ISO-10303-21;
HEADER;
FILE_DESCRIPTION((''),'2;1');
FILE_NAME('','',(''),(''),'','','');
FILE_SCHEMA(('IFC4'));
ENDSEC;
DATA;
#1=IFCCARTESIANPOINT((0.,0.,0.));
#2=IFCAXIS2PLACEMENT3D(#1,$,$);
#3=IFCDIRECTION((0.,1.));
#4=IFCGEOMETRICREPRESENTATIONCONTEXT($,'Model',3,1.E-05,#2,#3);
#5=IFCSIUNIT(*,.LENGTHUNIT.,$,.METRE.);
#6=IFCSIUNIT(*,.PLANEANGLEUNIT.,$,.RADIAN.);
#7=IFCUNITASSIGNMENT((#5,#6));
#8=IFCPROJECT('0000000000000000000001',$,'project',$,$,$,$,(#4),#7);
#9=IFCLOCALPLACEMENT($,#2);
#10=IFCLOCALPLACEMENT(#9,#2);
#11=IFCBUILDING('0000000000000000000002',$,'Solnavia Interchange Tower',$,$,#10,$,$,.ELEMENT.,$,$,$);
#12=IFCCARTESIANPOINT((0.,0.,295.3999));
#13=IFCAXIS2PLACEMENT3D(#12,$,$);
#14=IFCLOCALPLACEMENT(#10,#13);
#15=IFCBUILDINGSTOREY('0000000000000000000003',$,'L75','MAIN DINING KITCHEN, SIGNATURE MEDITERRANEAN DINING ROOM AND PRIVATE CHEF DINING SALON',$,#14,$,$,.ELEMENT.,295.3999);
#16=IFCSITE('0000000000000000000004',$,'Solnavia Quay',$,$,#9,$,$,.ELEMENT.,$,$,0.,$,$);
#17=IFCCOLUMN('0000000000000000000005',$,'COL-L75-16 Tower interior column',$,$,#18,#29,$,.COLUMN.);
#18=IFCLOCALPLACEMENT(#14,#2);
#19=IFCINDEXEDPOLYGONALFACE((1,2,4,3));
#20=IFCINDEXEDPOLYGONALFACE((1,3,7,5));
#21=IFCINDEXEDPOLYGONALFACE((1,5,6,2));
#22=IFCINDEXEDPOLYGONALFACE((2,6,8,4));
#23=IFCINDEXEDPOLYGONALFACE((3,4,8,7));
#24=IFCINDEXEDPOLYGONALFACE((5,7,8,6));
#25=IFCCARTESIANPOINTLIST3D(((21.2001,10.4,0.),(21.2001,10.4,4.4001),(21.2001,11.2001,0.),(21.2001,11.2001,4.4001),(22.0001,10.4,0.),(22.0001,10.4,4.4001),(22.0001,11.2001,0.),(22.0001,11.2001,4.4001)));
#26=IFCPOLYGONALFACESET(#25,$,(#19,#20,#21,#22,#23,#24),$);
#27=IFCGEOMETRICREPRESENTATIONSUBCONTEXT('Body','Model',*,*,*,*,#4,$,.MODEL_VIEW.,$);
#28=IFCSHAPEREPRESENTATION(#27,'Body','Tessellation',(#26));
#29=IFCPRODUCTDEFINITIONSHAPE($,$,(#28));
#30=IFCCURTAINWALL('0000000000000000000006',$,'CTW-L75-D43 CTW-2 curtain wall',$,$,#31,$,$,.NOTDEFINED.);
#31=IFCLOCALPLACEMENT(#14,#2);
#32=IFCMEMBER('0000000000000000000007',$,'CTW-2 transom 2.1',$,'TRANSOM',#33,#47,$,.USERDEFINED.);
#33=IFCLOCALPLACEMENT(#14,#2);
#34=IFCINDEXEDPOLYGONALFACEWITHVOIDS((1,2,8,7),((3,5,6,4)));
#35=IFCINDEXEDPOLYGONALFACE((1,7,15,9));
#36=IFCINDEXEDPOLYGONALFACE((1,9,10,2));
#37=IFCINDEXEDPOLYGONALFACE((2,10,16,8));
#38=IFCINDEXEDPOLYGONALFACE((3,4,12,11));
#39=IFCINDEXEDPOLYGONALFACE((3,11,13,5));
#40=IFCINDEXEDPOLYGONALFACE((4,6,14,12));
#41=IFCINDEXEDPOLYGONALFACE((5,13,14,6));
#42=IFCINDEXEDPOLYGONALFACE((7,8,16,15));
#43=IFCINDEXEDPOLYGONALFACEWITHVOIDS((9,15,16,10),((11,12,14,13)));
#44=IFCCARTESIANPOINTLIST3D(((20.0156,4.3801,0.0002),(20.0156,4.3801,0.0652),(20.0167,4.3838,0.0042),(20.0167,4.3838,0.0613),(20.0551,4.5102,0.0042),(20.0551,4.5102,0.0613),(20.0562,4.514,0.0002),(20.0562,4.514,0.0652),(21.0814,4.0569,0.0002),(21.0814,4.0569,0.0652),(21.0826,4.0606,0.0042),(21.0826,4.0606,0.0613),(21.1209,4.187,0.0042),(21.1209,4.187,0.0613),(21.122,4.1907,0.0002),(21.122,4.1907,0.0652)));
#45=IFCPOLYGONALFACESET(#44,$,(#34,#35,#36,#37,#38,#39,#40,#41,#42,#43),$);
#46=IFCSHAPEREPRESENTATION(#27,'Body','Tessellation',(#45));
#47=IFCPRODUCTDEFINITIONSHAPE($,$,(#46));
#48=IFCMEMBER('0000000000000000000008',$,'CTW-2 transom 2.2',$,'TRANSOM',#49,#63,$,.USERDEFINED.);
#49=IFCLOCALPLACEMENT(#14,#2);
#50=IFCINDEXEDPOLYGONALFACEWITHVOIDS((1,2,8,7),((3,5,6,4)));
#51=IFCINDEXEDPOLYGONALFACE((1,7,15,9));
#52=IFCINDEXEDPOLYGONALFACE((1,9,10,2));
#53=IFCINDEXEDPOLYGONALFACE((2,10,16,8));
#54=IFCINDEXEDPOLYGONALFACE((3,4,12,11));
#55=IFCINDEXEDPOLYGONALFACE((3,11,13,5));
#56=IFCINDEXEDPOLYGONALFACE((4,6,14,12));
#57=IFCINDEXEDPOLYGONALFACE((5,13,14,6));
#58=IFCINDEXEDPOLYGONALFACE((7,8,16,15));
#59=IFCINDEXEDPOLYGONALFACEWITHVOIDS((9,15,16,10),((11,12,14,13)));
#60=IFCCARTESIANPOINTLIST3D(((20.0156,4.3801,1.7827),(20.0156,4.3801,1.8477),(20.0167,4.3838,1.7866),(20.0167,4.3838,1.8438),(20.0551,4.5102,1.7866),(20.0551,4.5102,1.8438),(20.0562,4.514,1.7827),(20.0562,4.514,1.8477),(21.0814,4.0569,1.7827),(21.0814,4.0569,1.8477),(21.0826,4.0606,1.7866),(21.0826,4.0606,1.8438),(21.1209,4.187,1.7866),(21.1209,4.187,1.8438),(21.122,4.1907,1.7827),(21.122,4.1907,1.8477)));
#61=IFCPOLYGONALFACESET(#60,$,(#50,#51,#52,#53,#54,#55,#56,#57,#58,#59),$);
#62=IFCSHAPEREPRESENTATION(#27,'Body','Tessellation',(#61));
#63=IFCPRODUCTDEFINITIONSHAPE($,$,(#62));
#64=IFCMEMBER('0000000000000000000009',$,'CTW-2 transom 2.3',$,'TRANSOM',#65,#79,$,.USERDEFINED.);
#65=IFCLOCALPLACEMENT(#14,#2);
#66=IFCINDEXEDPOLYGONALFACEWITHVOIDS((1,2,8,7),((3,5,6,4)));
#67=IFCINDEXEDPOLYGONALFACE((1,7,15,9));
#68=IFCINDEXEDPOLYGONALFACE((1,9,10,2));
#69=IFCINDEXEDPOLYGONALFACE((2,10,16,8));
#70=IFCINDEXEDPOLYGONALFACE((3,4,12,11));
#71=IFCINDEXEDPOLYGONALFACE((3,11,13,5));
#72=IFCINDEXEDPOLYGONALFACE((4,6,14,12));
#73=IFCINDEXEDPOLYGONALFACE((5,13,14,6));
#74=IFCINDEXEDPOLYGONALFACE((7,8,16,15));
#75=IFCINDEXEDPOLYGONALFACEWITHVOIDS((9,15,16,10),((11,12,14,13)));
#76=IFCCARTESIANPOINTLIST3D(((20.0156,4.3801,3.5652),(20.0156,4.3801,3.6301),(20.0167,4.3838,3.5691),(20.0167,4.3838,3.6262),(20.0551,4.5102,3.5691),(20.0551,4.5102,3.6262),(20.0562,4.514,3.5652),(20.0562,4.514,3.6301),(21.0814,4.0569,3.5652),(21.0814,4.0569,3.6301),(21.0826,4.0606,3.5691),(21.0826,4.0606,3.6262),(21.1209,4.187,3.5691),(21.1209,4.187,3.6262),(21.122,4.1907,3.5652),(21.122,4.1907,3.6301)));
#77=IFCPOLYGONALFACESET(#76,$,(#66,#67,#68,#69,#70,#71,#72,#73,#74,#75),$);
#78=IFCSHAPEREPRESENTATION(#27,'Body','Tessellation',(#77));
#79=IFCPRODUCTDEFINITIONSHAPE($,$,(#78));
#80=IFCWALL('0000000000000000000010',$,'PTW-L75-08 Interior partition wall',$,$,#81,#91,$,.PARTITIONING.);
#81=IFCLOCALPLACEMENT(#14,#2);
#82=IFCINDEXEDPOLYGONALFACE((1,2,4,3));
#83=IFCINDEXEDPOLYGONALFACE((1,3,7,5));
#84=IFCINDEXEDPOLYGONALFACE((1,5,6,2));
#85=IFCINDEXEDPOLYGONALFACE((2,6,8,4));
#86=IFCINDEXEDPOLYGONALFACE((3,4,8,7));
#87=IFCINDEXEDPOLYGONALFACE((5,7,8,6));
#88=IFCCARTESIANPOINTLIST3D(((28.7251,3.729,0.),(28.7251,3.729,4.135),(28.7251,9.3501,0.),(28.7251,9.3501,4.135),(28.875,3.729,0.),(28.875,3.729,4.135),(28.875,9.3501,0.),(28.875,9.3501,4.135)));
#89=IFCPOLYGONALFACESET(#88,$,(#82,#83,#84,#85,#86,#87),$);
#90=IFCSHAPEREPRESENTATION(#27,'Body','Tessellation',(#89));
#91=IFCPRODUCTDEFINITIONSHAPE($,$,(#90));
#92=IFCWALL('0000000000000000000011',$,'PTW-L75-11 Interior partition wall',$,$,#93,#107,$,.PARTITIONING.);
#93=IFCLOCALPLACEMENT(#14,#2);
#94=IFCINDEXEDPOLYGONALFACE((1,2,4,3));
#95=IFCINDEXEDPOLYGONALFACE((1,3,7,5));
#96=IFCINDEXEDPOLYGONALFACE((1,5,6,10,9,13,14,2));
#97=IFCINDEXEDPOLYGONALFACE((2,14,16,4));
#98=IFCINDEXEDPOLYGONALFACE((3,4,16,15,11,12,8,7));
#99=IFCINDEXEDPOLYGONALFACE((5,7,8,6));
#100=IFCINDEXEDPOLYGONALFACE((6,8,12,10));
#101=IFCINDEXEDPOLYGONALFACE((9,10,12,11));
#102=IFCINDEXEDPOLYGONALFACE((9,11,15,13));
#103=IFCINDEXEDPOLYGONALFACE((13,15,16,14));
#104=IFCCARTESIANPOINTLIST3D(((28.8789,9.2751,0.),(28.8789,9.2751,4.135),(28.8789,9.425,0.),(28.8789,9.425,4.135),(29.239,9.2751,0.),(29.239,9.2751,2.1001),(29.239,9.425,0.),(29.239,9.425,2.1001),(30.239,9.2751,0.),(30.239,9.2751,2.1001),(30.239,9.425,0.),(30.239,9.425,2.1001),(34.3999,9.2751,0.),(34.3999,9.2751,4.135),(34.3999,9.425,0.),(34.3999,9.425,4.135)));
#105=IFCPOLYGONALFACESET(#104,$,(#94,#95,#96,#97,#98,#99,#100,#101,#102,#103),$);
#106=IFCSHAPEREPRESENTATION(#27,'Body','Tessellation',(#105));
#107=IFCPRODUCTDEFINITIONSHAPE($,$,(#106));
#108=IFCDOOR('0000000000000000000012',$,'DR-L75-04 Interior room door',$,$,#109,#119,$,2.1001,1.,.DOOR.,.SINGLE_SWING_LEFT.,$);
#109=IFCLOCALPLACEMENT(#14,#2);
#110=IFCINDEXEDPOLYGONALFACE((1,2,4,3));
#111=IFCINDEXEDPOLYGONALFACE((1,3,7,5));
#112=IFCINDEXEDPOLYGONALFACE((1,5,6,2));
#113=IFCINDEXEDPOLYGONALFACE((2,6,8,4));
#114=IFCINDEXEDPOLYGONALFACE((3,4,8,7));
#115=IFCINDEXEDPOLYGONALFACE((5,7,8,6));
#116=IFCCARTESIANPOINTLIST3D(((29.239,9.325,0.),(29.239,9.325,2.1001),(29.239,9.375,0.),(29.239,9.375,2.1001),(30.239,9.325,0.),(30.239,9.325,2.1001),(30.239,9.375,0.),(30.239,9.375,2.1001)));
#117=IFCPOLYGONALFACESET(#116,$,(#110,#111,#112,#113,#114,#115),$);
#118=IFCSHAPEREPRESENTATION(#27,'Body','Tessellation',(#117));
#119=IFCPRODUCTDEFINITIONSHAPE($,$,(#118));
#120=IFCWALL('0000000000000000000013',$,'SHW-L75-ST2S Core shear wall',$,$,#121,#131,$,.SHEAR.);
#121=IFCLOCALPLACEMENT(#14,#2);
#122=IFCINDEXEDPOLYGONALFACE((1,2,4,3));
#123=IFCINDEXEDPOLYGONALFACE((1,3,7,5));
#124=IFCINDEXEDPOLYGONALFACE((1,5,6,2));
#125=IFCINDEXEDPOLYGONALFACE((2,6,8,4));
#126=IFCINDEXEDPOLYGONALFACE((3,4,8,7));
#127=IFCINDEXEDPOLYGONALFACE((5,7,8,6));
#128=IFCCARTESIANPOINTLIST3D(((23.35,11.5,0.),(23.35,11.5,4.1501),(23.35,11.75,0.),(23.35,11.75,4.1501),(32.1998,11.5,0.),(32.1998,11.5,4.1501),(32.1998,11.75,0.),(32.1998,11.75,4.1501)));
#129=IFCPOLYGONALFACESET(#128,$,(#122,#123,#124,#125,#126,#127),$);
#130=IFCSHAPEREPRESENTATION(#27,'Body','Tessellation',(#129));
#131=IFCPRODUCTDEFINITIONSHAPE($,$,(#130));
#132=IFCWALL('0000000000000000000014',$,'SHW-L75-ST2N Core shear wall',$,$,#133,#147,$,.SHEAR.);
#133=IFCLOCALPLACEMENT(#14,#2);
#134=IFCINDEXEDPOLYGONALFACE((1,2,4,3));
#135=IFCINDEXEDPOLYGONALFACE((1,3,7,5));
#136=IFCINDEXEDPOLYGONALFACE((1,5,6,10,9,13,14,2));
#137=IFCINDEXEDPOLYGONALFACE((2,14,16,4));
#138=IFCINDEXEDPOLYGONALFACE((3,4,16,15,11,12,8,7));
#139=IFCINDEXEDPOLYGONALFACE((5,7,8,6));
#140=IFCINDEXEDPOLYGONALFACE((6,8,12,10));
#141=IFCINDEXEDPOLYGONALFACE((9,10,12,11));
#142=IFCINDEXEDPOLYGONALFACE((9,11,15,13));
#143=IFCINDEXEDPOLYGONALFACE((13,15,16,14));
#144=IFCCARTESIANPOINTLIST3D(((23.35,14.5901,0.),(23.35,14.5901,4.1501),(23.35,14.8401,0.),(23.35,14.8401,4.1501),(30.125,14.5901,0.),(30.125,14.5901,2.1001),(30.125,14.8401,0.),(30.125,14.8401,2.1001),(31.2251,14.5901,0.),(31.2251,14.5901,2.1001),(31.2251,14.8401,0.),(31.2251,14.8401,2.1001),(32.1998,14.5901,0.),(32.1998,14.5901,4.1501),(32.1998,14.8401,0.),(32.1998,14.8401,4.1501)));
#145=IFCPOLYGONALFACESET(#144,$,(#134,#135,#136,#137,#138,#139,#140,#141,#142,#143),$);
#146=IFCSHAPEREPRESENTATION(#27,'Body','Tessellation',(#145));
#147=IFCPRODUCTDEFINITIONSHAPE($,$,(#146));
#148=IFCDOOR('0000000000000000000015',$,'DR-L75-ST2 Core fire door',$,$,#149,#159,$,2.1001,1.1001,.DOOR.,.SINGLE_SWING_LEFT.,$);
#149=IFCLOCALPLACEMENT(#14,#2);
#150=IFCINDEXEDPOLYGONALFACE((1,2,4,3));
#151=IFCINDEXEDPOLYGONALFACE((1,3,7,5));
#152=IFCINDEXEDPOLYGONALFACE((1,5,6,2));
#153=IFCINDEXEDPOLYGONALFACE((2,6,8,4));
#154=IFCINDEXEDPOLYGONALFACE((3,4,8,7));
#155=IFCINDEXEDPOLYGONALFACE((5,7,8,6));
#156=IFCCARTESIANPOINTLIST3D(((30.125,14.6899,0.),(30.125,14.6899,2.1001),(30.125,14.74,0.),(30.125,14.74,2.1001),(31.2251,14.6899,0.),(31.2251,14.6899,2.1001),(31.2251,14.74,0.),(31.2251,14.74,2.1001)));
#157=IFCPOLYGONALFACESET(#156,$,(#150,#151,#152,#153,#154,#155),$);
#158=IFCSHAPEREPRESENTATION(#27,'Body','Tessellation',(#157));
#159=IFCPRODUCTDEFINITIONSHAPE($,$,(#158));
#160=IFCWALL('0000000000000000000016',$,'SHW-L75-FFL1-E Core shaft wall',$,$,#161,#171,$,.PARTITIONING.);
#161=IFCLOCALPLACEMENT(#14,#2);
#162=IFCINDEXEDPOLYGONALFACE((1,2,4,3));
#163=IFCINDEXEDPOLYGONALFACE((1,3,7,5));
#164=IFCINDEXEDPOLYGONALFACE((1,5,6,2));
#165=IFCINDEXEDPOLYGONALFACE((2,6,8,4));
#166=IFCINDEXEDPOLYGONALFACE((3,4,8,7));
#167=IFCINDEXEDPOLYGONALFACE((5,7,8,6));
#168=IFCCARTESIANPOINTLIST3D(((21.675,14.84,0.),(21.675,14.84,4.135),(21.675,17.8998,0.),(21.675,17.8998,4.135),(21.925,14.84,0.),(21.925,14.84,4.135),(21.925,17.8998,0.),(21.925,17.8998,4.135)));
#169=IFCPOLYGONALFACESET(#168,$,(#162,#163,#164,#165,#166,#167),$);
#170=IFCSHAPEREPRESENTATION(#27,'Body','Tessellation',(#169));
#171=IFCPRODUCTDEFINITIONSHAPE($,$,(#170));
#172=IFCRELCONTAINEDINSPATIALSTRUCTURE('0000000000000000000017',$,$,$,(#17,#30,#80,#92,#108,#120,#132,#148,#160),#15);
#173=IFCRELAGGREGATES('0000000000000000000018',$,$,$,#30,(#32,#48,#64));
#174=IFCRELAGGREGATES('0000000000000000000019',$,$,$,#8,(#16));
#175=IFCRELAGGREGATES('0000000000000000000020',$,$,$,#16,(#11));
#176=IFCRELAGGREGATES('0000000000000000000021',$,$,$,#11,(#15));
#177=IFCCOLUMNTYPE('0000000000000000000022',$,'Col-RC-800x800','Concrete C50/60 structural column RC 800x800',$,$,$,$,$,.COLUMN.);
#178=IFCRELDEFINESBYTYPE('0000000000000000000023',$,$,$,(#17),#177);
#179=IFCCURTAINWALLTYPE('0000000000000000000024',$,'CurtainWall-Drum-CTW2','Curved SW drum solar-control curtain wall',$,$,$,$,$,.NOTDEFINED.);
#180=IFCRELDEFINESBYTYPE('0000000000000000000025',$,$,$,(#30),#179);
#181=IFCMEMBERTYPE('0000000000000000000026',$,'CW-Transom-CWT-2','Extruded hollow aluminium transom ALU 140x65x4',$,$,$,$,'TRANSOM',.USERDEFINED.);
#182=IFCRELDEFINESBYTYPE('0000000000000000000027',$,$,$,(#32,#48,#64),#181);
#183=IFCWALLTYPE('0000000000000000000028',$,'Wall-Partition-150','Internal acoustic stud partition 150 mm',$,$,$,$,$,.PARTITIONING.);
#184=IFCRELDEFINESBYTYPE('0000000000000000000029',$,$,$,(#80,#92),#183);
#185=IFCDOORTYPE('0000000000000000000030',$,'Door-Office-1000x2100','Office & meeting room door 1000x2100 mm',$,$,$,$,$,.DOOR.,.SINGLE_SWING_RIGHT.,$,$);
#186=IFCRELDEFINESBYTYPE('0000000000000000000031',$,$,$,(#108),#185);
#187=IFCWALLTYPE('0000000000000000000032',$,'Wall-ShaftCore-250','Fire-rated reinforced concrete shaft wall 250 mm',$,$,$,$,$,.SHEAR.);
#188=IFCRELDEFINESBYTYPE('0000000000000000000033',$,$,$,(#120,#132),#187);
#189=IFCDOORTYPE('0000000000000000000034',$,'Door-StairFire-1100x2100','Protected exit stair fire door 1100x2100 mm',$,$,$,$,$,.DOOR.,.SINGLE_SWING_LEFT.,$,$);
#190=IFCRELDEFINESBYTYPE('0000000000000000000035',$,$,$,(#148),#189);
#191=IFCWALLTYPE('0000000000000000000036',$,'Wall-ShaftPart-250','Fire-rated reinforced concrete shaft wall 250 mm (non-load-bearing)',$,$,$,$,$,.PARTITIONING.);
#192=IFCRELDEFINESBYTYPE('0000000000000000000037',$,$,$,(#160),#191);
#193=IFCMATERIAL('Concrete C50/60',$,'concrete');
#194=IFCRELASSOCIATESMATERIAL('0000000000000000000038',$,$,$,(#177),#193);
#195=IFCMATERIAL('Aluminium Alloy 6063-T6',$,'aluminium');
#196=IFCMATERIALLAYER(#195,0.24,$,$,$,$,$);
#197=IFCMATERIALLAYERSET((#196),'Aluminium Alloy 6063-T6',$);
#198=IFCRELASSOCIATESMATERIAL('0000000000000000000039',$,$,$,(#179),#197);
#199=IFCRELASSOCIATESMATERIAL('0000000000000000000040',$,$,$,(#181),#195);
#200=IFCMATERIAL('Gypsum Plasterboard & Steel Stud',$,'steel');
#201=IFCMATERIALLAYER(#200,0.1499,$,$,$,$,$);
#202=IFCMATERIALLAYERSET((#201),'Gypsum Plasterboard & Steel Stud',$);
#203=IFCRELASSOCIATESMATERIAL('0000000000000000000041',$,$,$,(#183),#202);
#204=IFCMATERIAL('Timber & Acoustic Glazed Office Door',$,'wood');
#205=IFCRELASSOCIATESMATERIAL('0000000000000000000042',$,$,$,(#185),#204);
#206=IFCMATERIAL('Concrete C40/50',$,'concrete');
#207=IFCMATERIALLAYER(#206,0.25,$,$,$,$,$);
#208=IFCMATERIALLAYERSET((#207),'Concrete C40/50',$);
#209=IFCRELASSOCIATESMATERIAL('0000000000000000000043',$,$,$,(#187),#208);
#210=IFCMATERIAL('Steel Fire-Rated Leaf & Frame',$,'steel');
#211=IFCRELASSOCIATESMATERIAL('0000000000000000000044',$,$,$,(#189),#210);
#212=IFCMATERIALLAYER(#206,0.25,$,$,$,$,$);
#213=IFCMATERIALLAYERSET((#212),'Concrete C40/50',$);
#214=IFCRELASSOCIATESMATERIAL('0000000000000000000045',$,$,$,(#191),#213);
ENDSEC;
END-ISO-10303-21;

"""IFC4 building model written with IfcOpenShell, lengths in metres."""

from ifc_helpers import new_model, si_unit, direction, frame, frame_2d, origin, origin_2d, place, context, subcontext, project, spatial, rectangle, hollow_rectangle, extrude, material, layer, layer_set, material_profile, profile_set, type_object, element, fill, aggregate, save


model = new_model("IFC4")

# Units and contexts
model_context = context("Model", 3, precision=1e-05, world=origin(), true_north=direction((0.0, 1.0)))
body_context = subcontext(model_context, "Body", "Model", "MODEL_VIEW")
ifc_project = project(units=[si_unit("LENGTHUNIT", "METRE"), si_unit("PLANEANGLEUNIT", "RADIAN")], contexts=[model_context])

# Site, building, storey
site_placement = place(None, origin())
site = spatial("IfcSite", under=ifc_project, at=site_placement, Name="Solnavia Quay", CompositionType="ELEMENT", RefElevation=0.0)
building_placement = place(site_placement, origin())
building = spatial("IfcBuilding", under=site, at=building_placement, Name="Solnavia Interchange Tower", CompositionType="ELEMENT")
storey_placement = place(building_placement, frame((0.0, 0.0, 295.3999)))
storey = spatial("IfcBuildingStorey", under=building, at=storey_placement, Name="L75", Description="MAIN DINING KITCHEN, SIGNATURE MEDITERRANEAN DINING ROOM AND PRIVATE CHEF DINING SALON", CompositionType="ELEMENT", Elevation=295.3999)

# Column
ifc_material_1 = material(Name="Concrete C50/60", Category="concrete")
ifc_material_profile_1 = material_profile(ifc_material_1, rectangle(XDim=0.8, YDim=0.8, at=origin_2d()), Name="RC 800x800")
ifc_profile_set_1 = profile_set([ifc_material_profile_1], Name="Concrete C50/60")
column_type = type_object("IfcColumnType", Name="Col-RC-800x800", Description="Concrete C50/60 structural column RC 800x800", PredefinedType="COLUMN", material=ifc_profile_set_1)
column_placement = place(storey_placement, frame((21.6001, 10.8, 0.0), z_axis=(0.0, 0.0, 1.0), x_axis=(1.0, 0.0, 0.0)))
element("IfcColumn", 1, at=column_placement, inside=storey, type_object=column_type, Name="COL-L75-16 Tower interior column", PredefinedType="COLUMN", context=body_context, shape_type="SweptSolid", body=[
    extrude(rectangle(XDim=0.8, YDim=0.8, at=origin_2d()), origin(), (0.0, 0.0, 1.0), 4.4001),
])

# Curtain wall, members
ifc_material_2 = material(Name="Aluminium Alloy 6063-T6", Category="aluminium")
ifc_layer_1 = layer(ifc_material_2, 0.24)
ifc_layer_set_1 = layer_set([ifc_layer_1], Name="Aluminium Alloy 6063-T6")
curtain_wall_type = type_object("IfcCurtainWallType", Name="CurtainWall-Drum-CTW2", Description="Curved SW drum solar-control curtain wall", PredefinedType="NOTDEFINED", material=ifc_layer_set_1)
curtain_wall_placement = place(storey_placement, origin())
curtain_wall = element("IfcCurtainWall", 2, at=curtain_wall_placement, inside=storey, type_object=curtain_wall_type, Name="CTW-L75-D43 CTW-2 curtain wall", PredefinedType="NOTDEFINED")
ifc_material_profile_2 = material_profile(ifc_material_2, hollow_rectangle(XDim=0.0649, YDim=0.1399, WallThickness=0.0039, at=origin_2d()), Name="ALU 140x65x4")
ifc_profile_set_2 = profile_set([ifc_material_profile_2], Name="Aluminium Alloy 6063-T6")
member_type = type_object("IfcMemberType", Name="CW-Transom-CWT-2", Description="Extruded hollow aluminium transom ALU 140x65x4", ElementType="TRANSOM", PredefinedType="USERDEFINED", material=ifc_profile_set_2)
member_1_placement = place(storey_placement, frame((20.0359, 4.447, 0.0327), z_axis=(0.956965, -0.290202, 0.0), x_axis=(0.0, 0.0, 1.0)))
member_1 = element("IfcMember", 3, at=member_1_placement, type_object=member_type, Name="CTW-2 transom 2.1", ObjectType="TRANSOM", PredefinedType="USERDEFINED", context=body_context, shape_type="SweptSolid", body=[
    extrude(hollow_rectangle(XDim=0.0649, YDim=0.1399, WallThickness=0.0039, at=origin_2d()), origin(), (0.0, 0.0, 1.0), 1.1138),
])
member_2_placement = place(storey_placement, frame((20.0359, 4.447, 1.8152), z_axis=(0.956965, -0.290202, 0.0), x_axis=(0.0, 0.0, 1.0)))
member_2 = element("IfcMember", 4, at=member_2_placement, type_object=member_type, Name="CTW-2 transom 2.2", ObjectType="TRANSOM", PredefinedType="USERDEFINED", context=body_context, shape_type="SweptSolid", body=[
    extrude(hollow_rectangle(XDim=0.0649, YDim=0.1399, WallThickness=0.0039, at=origin_2d()), origin(), (0.0, 0.0, 1.0), 1.1138),
])
member_3_placement = place(storey_placement, frame((20.0359, 4.447, 3.5977), z_axis=(0.956965, -0.290202, 0.0), x_axis=(0.0, 0.0, 1.0)))
member_3 = element("IfcMember", 5, at=member_3_placement, type_object=member_type, Name="CTW-2 transom 2.3", ObjectType="TRANSOM", PredefinedType="USERDEFINED", context=body_context, shape_type="SweptSolid", body=[
    extrude(hollow_rectangle(XDim=0.0649, YDim=0.1399, WallThickness=0.0039, at=origin_2d()), origin(), (0.0, 0.0, 1.0), 1.1138),
])
aggregate(curtain_wall, [member_1, member_2, member_3])

# Wall
ifc_material_3 = material(Name="Gypsum Plasterboard & Steel Stud", Category="steel")
ifc_layer_2 = layer(ifc_material_3, 0.1499)
ifc_layer_set_2 = layer_set([ifc_layer_2], Name="Gypsum Plasterboard & Steel Stud")
wall_type_1 = type_object("IfcWallType", Name="Wall-Partition-150", Description="Internal acoustic stud partition 150 mm", PredefinedType="PARTITIONING", material=ifc_layer_set_2)
wall_1_placement = place(storey_placement, frame((28.8, 9.3501, 0.0), z_axis=(0.0, 0.0, 1.0), x_axis=(0.0, -1.0, 0.0)))
element("IfcWall", 6, at=wall_1_placement, inside=storey, type_object=wall_type_1, Name="PTW-L75-08 Interior partition wall", PredefinedType="PARTITIONING", context=body_context, shape_type="SweptSolid", body=[
    extrude(rectangle(XDim=5.6211, YDim=0.1499, at=frame_2d((2.8105, 0.0))), origin(), (0.0, 0.0, 1.0), 4.135),
])

# Wall, opening, door
wall_2_placement = place(storey_placement, frame((28.8789, 9.3501, 0.0), z_axis=(0.0, 0.0, 1.0), x_axis=(1.0, 0.0, 0.0)))
wall_2 = element("IfcWall", 7, at=wall_2_placement, inside=storey, type_object=wall_type_1, Name="PTW-L75-11 Interior partition wall", PredefinedType="PARTITIONING", context=body_context, shape_type="SweptSolid", body=[
    extrude(rectangle(XDim=5.521, YDim=0.1499, at=frame_2d((2.7605, 0.0))), origin(), (0.0, 0.0, 1.0), 4.135),
])
opening_1_placement = place(wall_2_placement, frame((0.3601, 0.0, 0.0)))
opening_1 = element("IfcOpeningElement", 8, at=opening_1_placement, cuts=wall_2, PredefinedType="OPENING", context=body_context, shape_type="SweptSolid", body=[
    extrude(rectangle(XDim=1.0, YDim=2.1001, at=frame_2d((0.5, 1.05))), frame((0.0, 0.085, 0.0), z_axis=(0.0, -1.0, 0.0), x_axis=(1.0, 0.0, 0.0)), (0.0, 0.0, 1.0), 0.1699),
])
ifc_material_4 = material(Name="Timber & Acoustic Glazed Office Door", Category="wood")
door_type_1 = type_object("IfcDoorType", Name="Door-Office-1000x2100", Description="Office & meeting room door 1000x2100 mm", OperationType="SINGLE_SWING_RIGHT", PredefinedType="DOOR", material=ifc_material_4)
door_1_placement = place(opening_1_placement, origin())
door_1 = element("IfcDoor", 9, at=door_1_placement, inside=storey, type_object=door_type_1, Name="DR-L75-04 Interior room door", OperationType="SINGLE_SWING_LEFT", OverallHeight=2.1001, OverallWidth=1.0, PredefinedType="DOOR", context=body_context, shape_type="SweptSolid", body=[
    extrude(rectangle(XDim=1.0, YDim=2.1001, at=frame_2d((0.5, 1.05))), frame((0.0, 0.0249, 0.0), z_axis=(0.0, -1.0, 0.0), x_axis=(1.0, 0.0, 0.0)), (0.0, 0.0, 1.0), 0.05),
])
fill(opening_1, door_1)

# Wall
ifc_material_5 = material(Name="Concrete C40/50", Category="concrete")
ifc_layer_3 = layer(ifc_material_5, 0.25)
ifc_layer_set_3 = layer_set([ifc_layer_3], Name="Concrete C40/50")
wall_type_2 = type_object("IfcWallType", Name="Wall-ShaftCore-250", Description="Fire-rated reinforced concrete shaft wall 250 mm", PredefinedType="SHEAR", material=ifc_layer_set_3)
wall_3_placement = place(storey_placement, frame((23.3501, 11.625, 0.0), z_axis=(0.0, 0.0, 1.0), x_axis=(1.0, 0.0, 0.0)))
element("IfcWall", 10, at=wall_3_placement, inside=storey, type_object=wall_type_2, Name="SHW-L75-ST2S Core shear wall", PredefinedType="SHEAR", context=body_context, shape_type="SweptSolid", body=[
    extrude(rectangle(XDim=8.8499, YDim=0.25, at=frame_2d((4.4248, 0.0))), origin(), (0.0, 0.0, 1.0), 4.1501),
])

# Wall, opening, door
wall_4_placement = place(storey_placement, frame((23.3501, 14.7151, 0.0), z_axis=(0.0, 0.0, 1.0), x_axis=(1.0, 0.0, 0.0)))
wall_4 = element("IfcWall", 11, at=wall_4_placement, inside=storey, type_object=wall_type_2, Name="SHW-L75-ST2N Core shear wall", PredefinedType="SHEAR", context=body_context, shape_type="SweptSolid", body=[
    extrude(rectangle(XDim=8.8499, YDim=0.25, at=frame_2d((4.4248, 0.0))), origin(), (0.0, 0.0, 1.0), 4.1501),
])
opening_2_placement = place(wall_4_placement, frame((6.7749, 0.0, 0.0)))
opening_2 = element("IfcOpeningElement", 12, at=opening_2_placement, cuts=wall_4, PredefinedType="OPENING", context=body_context, shape_type="SweptSolid", body=[
    extrude(rectangle(XDim=1.1001, YDim=2.1001, at=frame_2d((0.55, 1.05))), frame((0.0, 0.135, 0.0), z_axis=(0.0, -1.0, 0.0), x_axis=(1.0, 0.0, 0.0)), (0.0, 0.0, 1.0), 0.27),
])
ifc_material_6 = material(Name="Steel Fire-Rated Leaf & Frame", Category="steel")
door_type_2 = type_object("IfcDoorType", Name="Door-StairFire-1100x2100", Description="Protected exit stair fire door 1100x2100 mm", OperationType="SINGLE_SWING_LEFT", PredefinedType="DOOR", material=ifc_material_6)
door_2_placement = place(opening_2_placement, origin())
door_2 = element("IfcDoor", 13, at=door_2_placement, inside=storey, type_object=door_type_2, Name="DR-L75-ST2 Core fire door", OperationType="SINGLE_SWING_LEFT", OverallHeight=2.1001, OverallWidth=1.1001, PredefinedType="DOOR", context=body_context, shape_type="SweptSolid", body=[
    extrude(rectangle(XDim=1.1001, YDim=2.1001, at=frame_2d((0.55, 1.05))), frame((0.0, 0.0249, 0.0), z_axis=(0.0, -1.0, 0.0), x_axis=(1.0, 0.0, 0.0)), (0.0, 0.0, 1.0), 0.05),
])
fill(opening_2, door_2)

# Wall
ifc_layer_4 = layer(ifc_material_5, 0.25)
ifc_layer_set_4 = layer_set([ifc_layer_4], Name="Concrete C40/50")
wall_type_3 = type_object("IfcWallType", Name="Wall-ShaftPart-250", Description="Fire-rated reinforced concrete shaft wall 250 mm (non-load-bearing)", PredefinedType="PARTITIONING", material=ifc_layer_set_4)
wall_5_placement = place(storey_placement, frame((21.8, 14.8401, 0.0), z_axis=(0.0, 0.0, 1.0), x_axis=(0.0, 1.0, 0.0)))
element("IfcWall", 14, at=wall_5_placement, inside=storey, type_object=wall_type_3, Name="SHW-L75-FFL1-E Core shaft wall", PredefinedType="PARTITIONING", context=body_context, shape_type="SweptSolid", body=[
    extrude(rectangle(XDim=3.0598, YDim=0.25, at=frame_2d((1.5298, 0.0))), origin(), (0.0, 0.0, 1.0), 4.135),
])

save(model, "model.ifc")
